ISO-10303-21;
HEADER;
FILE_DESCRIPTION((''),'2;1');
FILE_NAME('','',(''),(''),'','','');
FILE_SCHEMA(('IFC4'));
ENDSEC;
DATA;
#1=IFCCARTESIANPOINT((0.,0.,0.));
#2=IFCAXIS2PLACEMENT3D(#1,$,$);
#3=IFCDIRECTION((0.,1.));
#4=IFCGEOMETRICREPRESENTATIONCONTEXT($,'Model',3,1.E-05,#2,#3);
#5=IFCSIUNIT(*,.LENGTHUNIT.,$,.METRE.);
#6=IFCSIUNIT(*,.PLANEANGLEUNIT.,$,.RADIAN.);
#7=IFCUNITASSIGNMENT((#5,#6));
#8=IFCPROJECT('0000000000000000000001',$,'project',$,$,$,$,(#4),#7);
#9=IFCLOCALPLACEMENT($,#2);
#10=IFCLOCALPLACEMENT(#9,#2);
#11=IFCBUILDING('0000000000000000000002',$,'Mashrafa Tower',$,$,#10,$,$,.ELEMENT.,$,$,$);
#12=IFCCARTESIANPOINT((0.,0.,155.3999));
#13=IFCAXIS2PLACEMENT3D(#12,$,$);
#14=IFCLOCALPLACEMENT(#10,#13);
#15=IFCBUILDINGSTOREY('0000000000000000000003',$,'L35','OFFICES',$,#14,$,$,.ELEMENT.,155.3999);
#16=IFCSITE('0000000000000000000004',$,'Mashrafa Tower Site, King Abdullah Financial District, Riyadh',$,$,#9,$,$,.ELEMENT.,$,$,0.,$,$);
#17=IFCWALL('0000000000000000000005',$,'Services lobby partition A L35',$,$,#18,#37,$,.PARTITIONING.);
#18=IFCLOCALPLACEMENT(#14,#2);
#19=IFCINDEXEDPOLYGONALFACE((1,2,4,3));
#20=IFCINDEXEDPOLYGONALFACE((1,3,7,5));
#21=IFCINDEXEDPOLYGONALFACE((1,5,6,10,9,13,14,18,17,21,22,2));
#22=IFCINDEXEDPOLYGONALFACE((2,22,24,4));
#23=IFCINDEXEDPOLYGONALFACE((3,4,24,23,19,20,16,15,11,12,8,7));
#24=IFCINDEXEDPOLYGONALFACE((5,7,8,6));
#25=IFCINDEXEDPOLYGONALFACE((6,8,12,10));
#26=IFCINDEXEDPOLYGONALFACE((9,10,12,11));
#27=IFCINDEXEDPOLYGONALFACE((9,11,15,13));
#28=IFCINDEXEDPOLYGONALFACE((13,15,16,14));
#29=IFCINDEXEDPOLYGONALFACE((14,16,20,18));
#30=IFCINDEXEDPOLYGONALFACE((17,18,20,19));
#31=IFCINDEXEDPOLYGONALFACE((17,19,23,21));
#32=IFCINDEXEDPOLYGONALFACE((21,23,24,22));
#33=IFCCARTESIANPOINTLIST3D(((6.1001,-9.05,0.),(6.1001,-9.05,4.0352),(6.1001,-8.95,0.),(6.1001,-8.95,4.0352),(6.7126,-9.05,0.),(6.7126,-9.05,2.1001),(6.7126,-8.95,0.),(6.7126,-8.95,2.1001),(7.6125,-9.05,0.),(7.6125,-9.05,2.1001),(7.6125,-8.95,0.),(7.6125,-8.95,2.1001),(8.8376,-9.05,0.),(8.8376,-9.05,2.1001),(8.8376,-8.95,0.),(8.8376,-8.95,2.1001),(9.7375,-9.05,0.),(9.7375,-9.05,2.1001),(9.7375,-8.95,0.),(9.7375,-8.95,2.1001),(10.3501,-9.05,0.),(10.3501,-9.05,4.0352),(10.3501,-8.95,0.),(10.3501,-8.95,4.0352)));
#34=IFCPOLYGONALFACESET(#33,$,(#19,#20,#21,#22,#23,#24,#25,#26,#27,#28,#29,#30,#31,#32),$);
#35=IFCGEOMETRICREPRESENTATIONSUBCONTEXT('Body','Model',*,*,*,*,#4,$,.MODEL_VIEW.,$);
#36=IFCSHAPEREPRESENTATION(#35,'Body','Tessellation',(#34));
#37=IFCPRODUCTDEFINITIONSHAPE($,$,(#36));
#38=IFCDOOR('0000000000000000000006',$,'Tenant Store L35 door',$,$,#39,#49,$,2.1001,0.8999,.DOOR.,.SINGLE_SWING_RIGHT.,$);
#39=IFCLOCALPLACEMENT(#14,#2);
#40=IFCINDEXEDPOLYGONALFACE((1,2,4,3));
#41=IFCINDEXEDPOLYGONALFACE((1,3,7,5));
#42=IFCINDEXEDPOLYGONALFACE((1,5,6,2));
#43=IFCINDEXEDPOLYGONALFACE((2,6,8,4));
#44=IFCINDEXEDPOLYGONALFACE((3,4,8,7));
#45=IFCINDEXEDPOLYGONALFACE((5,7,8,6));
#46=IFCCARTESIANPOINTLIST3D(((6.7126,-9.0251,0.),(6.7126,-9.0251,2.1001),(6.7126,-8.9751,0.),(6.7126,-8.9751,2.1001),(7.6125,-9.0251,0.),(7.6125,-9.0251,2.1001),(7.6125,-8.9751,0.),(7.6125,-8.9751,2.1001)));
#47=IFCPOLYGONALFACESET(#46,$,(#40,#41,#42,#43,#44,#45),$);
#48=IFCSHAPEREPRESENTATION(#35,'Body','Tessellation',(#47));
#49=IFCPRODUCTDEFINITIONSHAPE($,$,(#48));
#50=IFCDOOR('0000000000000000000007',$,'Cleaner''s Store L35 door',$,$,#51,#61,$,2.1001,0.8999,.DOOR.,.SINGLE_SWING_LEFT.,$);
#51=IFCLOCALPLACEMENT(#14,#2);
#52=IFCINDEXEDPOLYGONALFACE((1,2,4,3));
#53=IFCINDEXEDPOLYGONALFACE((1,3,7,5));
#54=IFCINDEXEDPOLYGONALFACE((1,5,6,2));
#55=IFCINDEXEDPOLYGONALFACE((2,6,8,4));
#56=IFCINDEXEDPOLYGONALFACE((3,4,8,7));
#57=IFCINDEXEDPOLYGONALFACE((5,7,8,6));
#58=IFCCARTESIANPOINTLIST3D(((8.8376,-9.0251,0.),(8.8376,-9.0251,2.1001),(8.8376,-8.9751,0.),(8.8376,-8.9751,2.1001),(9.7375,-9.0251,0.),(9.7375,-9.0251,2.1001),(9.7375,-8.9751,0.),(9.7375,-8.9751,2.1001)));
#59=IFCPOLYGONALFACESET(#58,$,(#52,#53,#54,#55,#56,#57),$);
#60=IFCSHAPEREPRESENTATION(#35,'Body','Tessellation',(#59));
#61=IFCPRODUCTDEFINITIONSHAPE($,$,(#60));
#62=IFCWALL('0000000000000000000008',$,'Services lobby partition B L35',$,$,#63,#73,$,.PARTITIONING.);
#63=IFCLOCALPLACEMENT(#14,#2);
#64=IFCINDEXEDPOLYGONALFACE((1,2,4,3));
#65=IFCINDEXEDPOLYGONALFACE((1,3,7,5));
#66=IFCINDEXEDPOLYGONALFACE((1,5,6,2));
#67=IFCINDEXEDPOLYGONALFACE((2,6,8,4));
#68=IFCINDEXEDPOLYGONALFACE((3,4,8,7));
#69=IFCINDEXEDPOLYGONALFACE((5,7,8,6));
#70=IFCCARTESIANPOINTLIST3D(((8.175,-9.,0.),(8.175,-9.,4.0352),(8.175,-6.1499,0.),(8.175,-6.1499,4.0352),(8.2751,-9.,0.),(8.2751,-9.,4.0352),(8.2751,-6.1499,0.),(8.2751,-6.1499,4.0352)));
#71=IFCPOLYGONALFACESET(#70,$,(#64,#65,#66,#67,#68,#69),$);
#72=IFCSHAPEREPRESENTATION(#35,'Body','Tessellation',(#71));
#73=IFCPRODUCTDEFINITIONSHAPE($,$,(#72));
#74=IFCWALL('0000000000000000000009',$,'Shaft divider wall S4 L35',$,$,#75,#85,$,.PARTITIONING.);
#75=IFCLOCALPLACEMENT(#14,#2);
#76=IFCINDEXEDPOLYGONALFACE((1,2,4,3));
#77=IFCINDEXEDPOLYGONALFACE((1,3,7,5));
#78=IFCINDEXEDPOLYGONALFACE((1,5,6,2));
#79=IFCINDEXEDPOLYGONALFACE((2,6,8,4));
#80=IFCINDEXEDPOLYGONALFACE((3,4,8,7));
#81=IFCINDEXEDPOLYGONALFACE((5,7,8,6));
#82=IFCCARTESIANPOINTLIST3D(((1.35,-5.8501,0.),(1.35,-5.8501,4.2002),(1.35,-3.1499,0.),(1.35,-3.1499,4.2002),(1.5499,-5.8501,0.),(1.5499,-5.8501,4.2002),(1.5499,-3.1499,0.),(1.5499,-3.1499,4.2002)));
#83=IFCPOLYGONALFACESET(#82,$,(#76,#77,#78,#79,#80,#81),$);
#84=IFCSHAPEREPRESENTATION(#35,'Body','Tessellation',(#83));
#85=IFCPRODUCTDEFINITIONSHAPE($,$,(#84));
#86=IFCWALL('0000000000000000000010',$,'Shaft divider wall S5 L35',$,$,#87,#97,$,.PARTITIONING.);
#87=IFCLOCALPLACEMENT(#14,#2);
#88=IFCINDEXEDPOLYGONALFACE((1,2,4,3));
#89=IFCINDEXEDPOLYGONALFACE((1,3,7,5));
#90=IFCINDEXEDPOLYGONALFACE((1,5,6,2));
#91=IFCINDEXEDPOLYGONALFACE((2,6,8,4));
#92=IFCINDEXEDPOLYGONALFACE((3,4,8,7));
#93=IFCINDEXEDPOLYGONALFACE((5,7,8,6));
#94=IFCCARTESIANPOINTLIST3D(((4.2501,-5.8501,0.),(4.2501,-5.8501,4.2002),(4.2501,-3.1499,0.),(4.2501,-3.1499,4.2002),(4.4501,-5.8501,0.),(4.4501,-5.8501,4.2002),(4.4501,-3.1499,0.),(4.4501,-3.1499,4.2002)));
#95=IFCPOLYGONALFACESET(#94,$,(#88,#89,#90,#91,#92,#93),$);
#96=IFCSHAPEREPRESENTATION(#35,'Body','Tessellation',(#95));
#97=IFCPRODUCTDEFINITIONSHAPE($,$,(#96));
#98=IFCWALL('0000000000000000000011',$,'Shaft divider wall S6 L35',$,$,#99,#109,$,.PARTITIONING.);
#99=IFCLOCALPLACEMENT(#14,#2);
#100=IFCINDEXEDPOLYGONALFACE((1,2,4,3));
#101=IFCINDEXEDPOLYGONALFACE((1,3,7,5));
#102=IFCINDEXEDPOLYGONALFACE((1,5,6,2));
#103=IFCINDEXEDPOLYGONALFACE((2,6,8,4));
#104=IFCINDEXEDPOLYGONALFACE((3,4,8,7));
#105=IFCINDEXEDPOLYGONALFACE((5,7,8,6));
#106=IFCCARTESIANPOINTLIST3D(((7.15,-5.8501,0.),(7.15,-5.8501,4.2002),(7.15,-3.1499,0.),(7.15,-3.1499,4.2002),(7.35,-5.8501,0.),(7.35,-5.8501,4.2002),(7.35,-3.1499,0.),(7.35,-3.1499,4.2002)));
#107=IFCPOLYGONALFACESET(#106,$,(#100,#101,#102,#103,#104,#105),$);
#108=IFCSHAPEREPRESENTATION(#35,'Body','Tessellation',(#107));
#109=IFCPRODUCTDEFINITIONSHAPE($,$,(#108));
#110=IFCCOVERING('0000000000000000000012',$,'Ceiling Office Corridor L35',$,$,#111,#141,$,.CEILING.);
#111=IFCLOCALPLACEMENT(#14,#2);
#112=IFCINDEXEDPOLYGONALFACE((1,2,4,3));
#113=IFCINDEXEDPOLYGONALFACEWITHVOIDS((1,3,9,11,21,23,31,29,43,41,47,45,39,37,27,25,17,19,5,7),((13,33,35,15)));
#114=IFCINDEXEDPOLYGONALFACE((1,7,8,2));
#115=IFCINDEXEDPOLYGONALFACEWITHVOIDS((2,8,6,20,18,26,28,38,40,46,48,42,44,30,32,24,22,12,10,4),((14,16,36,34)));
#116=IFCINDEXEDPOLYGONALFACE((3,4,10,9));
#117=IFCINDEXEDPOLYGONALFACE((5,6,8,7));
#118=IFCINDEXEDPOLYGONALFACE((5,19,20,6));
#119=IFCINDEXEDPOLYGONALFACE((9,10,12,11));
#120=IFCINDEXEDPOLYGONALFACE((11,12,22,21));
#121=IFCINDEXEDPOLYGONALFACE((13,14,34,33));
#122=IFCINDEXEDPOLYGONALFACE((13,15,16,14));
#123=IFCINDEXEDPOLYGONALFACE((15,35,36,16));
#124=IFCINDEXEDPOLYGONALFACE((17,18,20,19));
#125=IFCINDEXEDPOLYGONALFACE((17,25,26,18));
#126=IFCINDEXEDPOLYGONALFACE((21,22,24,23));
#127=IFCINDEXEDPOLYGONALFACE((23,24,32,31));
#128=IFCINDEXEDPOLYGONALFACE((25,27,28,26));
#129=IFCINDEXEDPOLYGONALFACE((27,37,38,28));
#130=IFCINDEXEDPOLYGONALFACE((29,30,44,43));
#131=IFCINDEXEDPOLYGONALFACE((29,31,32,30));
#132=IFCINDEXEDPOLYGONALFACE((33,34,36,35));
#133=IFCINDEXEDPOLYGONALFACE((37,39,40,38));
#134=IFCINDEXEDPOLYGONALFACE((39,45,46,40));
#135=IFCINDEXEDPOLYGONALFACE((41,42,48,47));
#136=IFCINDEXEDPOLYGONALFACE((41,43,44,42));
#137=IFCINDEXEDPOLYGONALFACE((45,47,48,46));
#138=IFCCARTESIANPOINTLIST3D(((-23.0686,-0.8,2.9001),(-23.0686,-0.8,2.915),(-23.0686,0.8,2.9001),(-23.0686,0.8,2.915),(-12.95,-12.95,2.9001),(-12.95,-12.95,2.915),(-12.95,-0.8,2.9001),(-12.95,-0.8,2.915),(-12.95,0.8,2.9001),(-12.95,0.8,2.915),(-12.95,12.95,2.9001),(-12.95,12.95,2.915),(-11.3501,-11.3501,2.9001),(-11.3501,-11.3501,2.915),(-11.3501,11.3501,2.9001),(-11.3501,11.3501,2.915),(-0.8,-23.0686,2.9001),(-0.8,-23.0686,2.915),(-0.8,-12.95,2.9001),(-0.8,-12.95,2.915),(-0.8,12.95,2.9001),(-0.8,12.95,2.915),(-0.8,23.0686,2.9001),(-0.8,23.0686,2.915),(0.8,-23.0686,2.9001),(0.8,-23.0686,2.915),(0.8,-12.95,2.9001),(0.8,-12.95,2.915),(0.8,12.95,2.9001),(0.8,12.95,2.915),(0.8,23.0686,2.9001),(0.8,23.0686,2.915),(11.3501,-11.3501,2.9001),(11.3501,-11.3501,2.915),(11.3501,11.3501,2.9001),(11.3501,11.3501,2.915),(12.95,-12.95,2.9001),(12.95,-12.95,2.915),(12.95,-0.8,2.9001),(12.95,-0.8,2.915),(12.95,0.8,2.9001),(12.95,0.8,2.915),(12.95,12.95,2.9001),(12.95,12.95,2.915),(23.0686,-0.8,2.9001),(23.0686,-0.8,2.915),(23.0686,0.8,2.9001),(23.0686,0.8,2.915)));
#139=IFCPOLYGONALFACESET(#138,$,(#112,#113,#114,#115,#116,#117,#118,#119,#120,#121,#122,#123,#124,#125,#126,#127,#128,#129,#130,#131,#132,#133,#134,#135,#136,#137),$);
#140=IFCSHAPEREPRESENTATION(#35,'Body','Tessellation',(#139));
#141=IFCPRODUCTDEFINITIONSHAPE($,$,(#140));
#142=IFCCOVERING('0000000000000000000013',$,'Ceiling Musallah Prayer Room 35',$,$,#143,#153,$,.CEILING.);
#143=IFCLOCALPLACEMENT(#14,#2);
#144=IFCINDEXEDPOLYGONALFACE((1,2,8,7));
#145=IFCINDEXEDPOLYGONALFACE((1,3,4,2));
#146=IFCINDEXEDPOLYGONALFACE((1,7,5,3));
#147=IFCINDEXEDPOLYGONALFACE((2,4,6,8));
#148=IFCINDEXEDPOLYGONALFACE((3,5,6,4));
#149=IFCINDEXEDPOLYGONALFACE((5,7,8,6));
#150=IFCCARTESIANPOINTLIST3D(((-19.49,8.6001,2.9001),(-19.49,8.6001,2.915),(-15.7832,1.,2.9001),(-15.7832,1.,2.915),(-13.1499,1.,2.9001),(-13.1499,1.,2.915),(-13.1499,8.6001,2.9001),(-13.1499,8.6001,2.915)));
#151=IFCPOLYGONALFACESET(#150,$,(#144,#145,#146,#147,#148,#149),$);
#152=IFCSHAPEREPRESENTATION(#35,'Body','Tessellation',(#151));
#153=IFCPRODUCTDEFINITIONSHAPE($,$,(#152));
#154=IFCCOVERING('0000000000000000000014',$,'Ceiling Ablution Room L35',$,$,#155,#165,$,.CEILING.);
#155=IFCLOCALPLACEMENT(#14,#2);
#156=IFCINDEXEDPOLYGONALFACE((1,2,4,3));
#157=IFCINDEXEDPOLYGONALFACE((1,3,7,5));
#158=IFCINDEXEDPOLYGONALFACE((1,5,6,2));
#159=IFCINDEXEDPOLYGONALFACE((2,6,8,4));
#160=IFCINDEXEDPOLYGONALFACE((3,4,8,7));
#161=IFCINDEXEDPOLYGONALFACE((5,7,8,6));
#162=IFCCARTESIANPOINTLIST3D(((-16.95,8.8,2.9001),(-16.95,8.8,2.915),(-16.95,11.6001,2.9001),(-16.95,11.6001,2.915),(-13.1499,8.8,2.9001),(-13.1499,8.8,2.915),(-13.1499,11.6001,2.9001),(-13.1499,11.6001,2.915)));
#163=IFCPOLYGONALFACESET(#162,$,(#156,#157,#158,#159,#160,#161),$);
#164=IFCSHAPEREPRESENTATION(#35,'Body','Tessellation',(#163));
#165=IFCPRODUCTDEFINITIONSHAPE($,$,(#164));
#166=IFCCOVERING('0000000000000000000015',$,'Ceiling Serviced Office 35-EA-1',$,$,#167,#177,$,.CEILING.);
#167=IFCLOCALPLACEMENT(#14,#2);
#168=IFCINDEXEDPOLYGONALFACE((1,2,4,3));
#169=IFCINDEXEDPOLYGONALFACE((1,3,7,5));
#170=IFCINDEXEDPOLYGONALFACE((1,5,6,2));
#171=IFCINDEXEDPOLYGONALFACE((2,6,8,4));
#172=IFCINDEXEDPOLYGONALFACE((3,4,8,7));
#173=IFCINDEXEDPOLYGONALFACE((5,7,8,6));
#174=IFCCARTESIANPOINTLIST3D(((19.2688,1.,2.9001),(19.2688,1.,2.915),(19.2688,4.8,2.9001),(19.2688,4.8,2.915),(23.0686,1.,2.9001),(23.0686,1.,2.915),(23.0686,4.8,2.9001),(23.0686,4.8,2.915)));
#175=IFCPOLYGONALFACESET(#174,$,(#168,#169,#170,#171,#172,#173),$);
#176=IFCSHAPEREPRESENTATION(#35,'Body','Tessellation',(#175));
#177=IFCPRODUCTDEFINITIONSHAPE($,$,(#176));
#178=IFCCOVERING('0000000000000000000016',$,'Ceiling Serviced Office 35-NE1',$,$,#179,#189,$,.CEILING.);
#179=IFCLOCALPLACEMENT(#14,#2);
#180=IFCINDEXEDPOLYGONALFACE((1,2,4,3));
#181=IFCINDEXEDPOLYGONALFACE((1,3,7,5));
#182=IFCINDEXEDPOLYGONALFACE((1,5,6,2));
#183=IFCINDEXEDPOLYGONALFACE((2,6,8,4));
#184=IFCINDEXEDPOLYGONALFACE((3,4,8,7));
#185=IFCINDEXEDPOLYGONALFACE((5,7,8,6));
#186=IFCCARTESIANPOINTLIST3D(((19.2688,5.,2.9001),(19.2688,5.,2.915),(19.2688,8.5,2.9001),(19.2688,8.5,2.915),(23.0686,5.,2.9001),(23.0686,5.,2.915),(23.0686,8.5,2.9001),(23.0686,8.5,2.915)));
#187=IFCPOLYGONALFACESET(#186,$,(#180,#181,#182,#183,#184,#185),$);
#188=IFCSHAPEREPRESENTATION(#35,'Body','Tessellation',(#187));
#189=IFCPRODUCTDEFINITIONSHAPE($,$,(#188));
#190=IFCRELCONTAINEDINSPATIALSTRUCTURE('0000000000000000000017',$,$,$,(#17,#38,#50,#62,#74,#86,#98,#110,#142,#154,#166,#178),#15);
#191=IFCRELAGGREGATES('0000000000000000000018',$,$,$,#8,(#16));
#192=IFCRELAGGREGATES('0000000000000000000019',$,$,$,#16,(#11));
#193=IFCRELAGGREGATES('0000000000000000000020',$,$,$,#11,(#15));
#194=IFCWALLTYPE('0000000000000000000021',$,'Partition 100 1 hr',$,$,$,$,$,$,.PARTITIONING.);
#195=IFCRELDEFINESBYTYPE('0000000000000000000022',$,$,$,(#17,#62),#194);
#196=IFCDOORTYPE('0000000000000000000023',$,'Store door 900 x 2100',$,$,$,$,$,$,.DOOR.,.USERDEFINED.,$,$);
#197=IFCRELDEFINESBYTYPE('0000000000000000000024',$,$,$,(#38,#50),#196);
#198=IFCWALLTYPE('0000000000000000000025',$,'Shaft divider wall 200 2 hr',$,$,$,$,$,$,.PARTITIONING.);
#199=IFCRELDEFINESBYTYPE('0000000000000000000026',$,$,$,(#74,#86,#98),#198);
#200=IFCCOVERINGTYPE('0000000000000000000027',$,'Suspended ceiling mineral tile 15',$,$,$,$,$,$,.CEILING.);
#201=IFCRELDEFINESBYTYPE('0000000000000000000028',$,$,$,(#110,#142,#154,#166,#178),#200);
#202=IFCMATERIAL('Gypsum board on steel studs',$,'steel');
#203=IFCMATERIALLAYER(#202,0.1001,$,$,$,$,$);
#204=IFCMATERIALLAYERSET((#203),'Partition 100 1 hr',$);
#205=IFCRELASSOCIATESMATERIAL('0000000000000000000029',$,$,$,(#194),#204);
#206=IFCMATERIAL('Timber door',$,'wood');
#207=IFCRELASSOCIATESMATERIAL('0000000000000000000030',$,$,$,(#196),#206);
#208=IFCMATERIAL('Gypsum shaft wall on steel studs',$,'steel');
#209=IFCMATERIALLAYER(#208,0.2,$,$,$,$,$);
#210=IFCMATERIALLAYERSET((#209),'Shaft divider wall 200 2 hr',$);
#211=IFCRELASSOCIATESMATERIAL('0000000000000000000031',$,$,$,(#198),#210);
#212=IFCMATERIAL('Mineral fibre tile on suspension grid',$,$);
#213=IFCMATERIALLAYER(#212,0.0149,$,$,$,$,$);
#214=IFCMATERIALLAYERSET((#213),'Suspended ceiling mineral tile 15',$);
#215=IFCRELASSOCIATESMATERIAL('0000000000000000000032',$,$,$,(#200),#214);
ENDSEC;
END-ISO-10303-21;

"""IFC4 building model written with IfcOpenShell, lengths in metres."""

from ifc_helpers import new_model, si_unit, direction, frame, frame_2d, origin, place, context, subcontext, project, spatial, polyline, rectangle, outline, extrude, material, layer, layer_set, type_object, element, fill, save


model = new_model("IFC4")

# Units and contexts
model_context = context("Model", 3, precision=1e-05, world=origin(), true_north=direction((0.0, 1.0)))
body_context = subcontext(model_context, "Body", "Model", "MODEL_VIEW")
ifc_project = project(units=[si_unit("LENGTHUNIT", "METRE"), si_unit("PLANEANGLEUNIT", "RADIAN")], contexts=[model_context])

# Site, building, storey
site_placement = place(None, origin())
site = spatial("IfcSite", under=ifc_project, at=site_placement, Name="Mashrafa Tower Site, King Abdullah Financial District, Riyadh", CompositionType="ELEMENT", RefElevation=0.0)
building_placement = place(site_placement, origin())
building = spatial("IfcBuilding", under=site, at=building_placement, Name="Mashrafa Tower", CompositionType="ELEMENT")
storey_placement = place(building_placement, frame((0.0, 0.0, 155.3999)))
storey = spatial("IfcBuildingStorey", under=building, at=storey_placement, Name="L35", Description="OFFICES", CompositionType="ELEMENT", Elevation=155.3999)

# Wall, openings, doors
ifc_material_1 = material(Name="Gypsum board on steel studs", Category="steel")
ifc_layer_1 = layer(ifc_material_1, 0.1001)
ifc_layer_set_1 = layer_set([ifc_layer_1], Name="Partition 100 1 hr")
wall_type_1 = type_object("IfcWallType", Name="Partition 100 1 hr", PredefinedType="PARTITIONING", material=ifc_layer_set_1)
wall_1_placement = place(storey_placement, frame((6.1001, -9.0, 0.0), z_axis=(0.0, 0.0, 1.0), x_axis=(1.0, 0.0, 0.0)))
wall_1 = element("IfcWall", 1, at=wall_1_placement, inside=storey, type_object=wall_type_1, Name="Services lobby partition A L35", PredefinedType="PARTITIONING", context=body_context, shape_type="SweptSolid", body=[
    extrude(rectangle(XDim=4.25, YDim=0.1001, at=frame_2d((2.125, 0.0))), origin(), (0.0, 0.0, 1.0), 4.0352),
])
opening_1_placement = place(wall_1_placement, frame((0.6125, 0.0, 0.0)))
opening_1 = element("IfcOpeningElement", 2, at=opening_1_placement, cuts=wall_1, PredefinedType="OPENING", context=body_context, shape_type="SweptSolid", body=[
    extrude(rectangle(XDim=0.8999, YDim=2.1001, at=frame_2d((0.45, 1.05))), frame((0.0, 0.0601, 0.0), z_axis=(0.0, -1.0, 0.0), x_axis=(1.0, 0.0, 0.0)), (0.0, 0.0, 1.0), 0.1201),
])
opening_2_placement = place(wall_1_placement, frame((2.7375, 0.0, 0.0)))
opening_2 = element("IfcOpeningElement", 3, at=opening_2_placement, cuts=wall_1, PredefinedType="OPENING", context=body_context, shape_type="SweptSolid", body=[
    extrude(rectangle(XDim=0.8999, YDim=2.1001, at=frame_2d((0.45, 1.05))), frame((0.0, 0.0601, 0.0), z_axis=(0.0, -1.0, 0.0), x_axis=(1.0, 0.0, 0.0)), (0.0, 0.0, 1.0), 0.1201),
])
ifc_material_2 = material(Name="Timber door", Category="wood")
door_type_1 = type_object("IfcDoorType", Name="Store door 900 x 2100", OperationType="USERDEFINED", PredefinedType="DOOR", material=ifc_material_2)
door_1_placement = place(opening_1_placement, origin())
door_1 = element("IfcDoor", 4, at=door_1_placement, inside=storey, type_object=door_type_1, Name="Tenant Store L35 door", OperationType="SINGLE_SWING_RIGHT", OverallHeight=2.1001, OverallWidth=0.8999, PredefinedType="DOOR", context=body_context, shape_type="SweptSolid", body=[
    extrude(rectangle(XDim=0.8999, YDim=2.1001, at=frame_2d((0.45, 1.05))), frame((0.0, 0.0249, 0.0), z_axis=(0.0, -1.0, 0.0), x_axis=(1.0, 0.0, 0.0)), (0.0, 0.0, 1.0), 0.05),
])
fill(opening_1, door_1)
door_2_placement = place(opening_2_placement, origin())
door_2 = element("IfcDoor", 5, at=door_2_placement, inside=storey, type_object=door_type_1, Name="Cleaner's Store L35 door", OperationType="SINGLE_SWING_LEFT", OverallHeight=2.1001, OverallWidth=0.8999, PredefinedType="DOOR", context=body_context, shape_type="SweptSolid", body=[
    extrude(rectangle(XDim=0.8999, YDim=2.1001, at=frame_2d((0.45, 1.05))), frame((0.0, 0.0249, 0.0), z_axis=(0.0, -1.0, 0.0), x_axis=(1.0, 0.0, 0.0)), (0.0, 0.0, 1.0), 0.05),
])
fill(opening_2, door_2)

# Walls
wall_2_placement = place(storey_placement, frame((8.2251, -9.0, 0.0), z_axis=(0.0, 0.0, 1.0), x_axis=(0.0, 1.0, 0.0)))
element("IfcWall", 6, at=wall_2_placement, inside=storey, type_object=wall_type_1, Name="Services lobby partition B L35", PredefinedType="PARTITIONING", context=body_context, shape_type="SweptSolid", body=[
    extrude(rectangle(XDim=2.8501, YDim=0.1001, at=frame_2d((1.425, 0.0))), origin(), (0.0, 0.0, 1.0), 4.0352),
])
ifc_material_3 = material(Name="Gypsum shaft wall on steel studs", Category="steel")
ifc_layer_2 = layer(ifc_material_3, 0.2)
ifc_layer_set_2 = layer_set([ifc_layer_2], Name="Shaft divider wall 200 2 hr")
wall_type_2 = type_object("IfcWallType", Name="Shaft divider wall 200 2 hr", PredefinedType="PARTITIONING", material=ifc_layer_set_2)
for number, where, z_axis, x_axis, name in (
    (7, (1.45, -5.8501, 0.0), (0.0, 0.0, 1.0), (0.0, 1.0, 0.0), "Shaft divider wall S4 L35"),
    (8, (4.3501, -5.8501, 0.0), (0.0, 0.0, 1.0), (0.0, 1.0, 0.0), "Shaft divider wall S5 L35"),
    (9, (7.25, -5.8501, 0.0), (0.0, 0.0, 1.0), (0.0, 1.0, 0.0), "Shaft divider wall S6 L35"),
):
    element("IfcWall", number, at=place(storey_placement, frame(where, z_axis=z_axis, x_axis=x_axis)), inside=storey, type_object=wall_type_2, Name=name, PredefinedType="PARTITIONING", context=body_context, shape_type="SweptSolid", body=[
        extrude(rectangle(XDim=2.7002, YDim=0.2, at=frame_2d((1.3501, 0.0))), origin(), (0.0, 0.0, 1.0), 4.2002),
    ])

# Coverings
ifc_material_4 = material(Name="Mineral fibre tile on suspension grid")
ifc_layer_3 = layer(ifc_material_4, 0.0149)
ifc_layer_set_3 = layer_set([ifc_layer_3], Name="Suspended ceiling mineral tile 15")
covering_type = type_object("IfcCoveringType", Name="Suspended ceiling mineral tile 15", PredefinedType="CEILING", material=ifc_layer_set_3)
covering_1_placement = place(storey_placement, frame((0.0, 0.0, 2.9001)))
element("IfcCovering", 10, at=covering_1_placement, inside=storey, type_object=covering_type, Name="Ceiling Office Corridor L35", PredefinedType="CEILING", context=body_context, shape_type="SweptSolid", body=[
    extrude(outline(polyline([(-12.95, -12.95), (-12.95, -0.8), (-23.0686, -0.8), (-23.0686, 0.8), (-12.95, 0.8), (-12.95, 12.95), (-0.8, 12.95), (-0.8, 23.0686), (0.8, 23.0686), (0.8, 12.95), (12.95, 12.95), (12.95, 0.8), (23.0686, 0.8), (23.0686, -0.8), (12.95, -0.8), (12.95, -12.95), (0.8, -12.95), (0.8, -23.0686), (-0.8, -23.0686), (-0.8, -12.95), (-12.95, -12.95)]), holes=[polyline([(11.3501, 11.3501), (-11.3501, 11.3501), (-11.3501, -11.3501), (11.3501, -11.3501), (11.3501, 11.3501)])]), origin(), (0.0, 0.0, 1.0), 0.0149),
])
covering_2_placement = place(storey_placement, frame((0.0, 0.0, 2.9001)))
element("IfcCovering", 11, at=covering_2_placement, inside=storey, type_object=covering_type, Name="Ceiling Musallah Prayer Room 35", PredefinedType="CEILING", context=body_context, shape_type="SweptSolid", body=[
    extrude(outline(polyline([(-15.7832, 1.0), (-19.49, 8.6001), (-13.1499, 8.6001), (-13.1499, 1.0), (-15.7832, 1.0)])), origin(), (0.0, 0.0, 1.0), 0.0149),
])
covering_3_placement = place(storey_placement, frame((0.0, 0.0, 2.9001)))
element("IfcCovering", 12, at=covering_3_placement, inside=storey, type_object=covering_type, Name="Ceiling Ablution Room L35", PredefinedType="CEILING", context=body_context, shape_type="SweptSolid", body=[
    extrude(outline(polyline([(-16.95, 8.8), (-16.95, 11.6001), (-13.1499, 11.6001), (-13.1499, 8.8), (-16.95, 8.8)])), origin(), (0.0, 0.0, 1.0), 0.0149),
])
covering_4_placement = place(storey_placement, frame((0.0, 0.0, 2.9001)))
element("IfcCovering", 13, at=covering_4_placement, inside=storey, type_object=covering_type, Name="Ceiling Serviced Office 35-EA-1", PredefinedType="CEILING", context=body_context, shape_type="SweptSolid", body=[
    extrude(outline(polyline([(19.2688, 4.8), (23.0686, 4.8), (23.0686, 1.0), (19.2688, 1.0), (19.2688, 4.8)])), origin(), (0.0, 0.0, 1.0), 0.0149),
])
covering_5_placement = place(storey_placement, frame((0.0, 0.0, 2.9001)))
element("IfcCovering", 14, at=covering_5_placement, inside=storey, type_object=covering_type, Name="Ceiling Serviced Office 35-NE1", PredefinedType="CEILING", context=body_context, shape_type="SweptSolid", body=[
    extrude(outline(polyline([(19.2688, 8.5), (23.0686, 8.5), (23.0686, 5.0), (19.2688, 5.0), (19.2688, 8.5)])), origin(), (0.0, 0.0, 1.0), 0.0149),
])

save(model, "model.ifc")
